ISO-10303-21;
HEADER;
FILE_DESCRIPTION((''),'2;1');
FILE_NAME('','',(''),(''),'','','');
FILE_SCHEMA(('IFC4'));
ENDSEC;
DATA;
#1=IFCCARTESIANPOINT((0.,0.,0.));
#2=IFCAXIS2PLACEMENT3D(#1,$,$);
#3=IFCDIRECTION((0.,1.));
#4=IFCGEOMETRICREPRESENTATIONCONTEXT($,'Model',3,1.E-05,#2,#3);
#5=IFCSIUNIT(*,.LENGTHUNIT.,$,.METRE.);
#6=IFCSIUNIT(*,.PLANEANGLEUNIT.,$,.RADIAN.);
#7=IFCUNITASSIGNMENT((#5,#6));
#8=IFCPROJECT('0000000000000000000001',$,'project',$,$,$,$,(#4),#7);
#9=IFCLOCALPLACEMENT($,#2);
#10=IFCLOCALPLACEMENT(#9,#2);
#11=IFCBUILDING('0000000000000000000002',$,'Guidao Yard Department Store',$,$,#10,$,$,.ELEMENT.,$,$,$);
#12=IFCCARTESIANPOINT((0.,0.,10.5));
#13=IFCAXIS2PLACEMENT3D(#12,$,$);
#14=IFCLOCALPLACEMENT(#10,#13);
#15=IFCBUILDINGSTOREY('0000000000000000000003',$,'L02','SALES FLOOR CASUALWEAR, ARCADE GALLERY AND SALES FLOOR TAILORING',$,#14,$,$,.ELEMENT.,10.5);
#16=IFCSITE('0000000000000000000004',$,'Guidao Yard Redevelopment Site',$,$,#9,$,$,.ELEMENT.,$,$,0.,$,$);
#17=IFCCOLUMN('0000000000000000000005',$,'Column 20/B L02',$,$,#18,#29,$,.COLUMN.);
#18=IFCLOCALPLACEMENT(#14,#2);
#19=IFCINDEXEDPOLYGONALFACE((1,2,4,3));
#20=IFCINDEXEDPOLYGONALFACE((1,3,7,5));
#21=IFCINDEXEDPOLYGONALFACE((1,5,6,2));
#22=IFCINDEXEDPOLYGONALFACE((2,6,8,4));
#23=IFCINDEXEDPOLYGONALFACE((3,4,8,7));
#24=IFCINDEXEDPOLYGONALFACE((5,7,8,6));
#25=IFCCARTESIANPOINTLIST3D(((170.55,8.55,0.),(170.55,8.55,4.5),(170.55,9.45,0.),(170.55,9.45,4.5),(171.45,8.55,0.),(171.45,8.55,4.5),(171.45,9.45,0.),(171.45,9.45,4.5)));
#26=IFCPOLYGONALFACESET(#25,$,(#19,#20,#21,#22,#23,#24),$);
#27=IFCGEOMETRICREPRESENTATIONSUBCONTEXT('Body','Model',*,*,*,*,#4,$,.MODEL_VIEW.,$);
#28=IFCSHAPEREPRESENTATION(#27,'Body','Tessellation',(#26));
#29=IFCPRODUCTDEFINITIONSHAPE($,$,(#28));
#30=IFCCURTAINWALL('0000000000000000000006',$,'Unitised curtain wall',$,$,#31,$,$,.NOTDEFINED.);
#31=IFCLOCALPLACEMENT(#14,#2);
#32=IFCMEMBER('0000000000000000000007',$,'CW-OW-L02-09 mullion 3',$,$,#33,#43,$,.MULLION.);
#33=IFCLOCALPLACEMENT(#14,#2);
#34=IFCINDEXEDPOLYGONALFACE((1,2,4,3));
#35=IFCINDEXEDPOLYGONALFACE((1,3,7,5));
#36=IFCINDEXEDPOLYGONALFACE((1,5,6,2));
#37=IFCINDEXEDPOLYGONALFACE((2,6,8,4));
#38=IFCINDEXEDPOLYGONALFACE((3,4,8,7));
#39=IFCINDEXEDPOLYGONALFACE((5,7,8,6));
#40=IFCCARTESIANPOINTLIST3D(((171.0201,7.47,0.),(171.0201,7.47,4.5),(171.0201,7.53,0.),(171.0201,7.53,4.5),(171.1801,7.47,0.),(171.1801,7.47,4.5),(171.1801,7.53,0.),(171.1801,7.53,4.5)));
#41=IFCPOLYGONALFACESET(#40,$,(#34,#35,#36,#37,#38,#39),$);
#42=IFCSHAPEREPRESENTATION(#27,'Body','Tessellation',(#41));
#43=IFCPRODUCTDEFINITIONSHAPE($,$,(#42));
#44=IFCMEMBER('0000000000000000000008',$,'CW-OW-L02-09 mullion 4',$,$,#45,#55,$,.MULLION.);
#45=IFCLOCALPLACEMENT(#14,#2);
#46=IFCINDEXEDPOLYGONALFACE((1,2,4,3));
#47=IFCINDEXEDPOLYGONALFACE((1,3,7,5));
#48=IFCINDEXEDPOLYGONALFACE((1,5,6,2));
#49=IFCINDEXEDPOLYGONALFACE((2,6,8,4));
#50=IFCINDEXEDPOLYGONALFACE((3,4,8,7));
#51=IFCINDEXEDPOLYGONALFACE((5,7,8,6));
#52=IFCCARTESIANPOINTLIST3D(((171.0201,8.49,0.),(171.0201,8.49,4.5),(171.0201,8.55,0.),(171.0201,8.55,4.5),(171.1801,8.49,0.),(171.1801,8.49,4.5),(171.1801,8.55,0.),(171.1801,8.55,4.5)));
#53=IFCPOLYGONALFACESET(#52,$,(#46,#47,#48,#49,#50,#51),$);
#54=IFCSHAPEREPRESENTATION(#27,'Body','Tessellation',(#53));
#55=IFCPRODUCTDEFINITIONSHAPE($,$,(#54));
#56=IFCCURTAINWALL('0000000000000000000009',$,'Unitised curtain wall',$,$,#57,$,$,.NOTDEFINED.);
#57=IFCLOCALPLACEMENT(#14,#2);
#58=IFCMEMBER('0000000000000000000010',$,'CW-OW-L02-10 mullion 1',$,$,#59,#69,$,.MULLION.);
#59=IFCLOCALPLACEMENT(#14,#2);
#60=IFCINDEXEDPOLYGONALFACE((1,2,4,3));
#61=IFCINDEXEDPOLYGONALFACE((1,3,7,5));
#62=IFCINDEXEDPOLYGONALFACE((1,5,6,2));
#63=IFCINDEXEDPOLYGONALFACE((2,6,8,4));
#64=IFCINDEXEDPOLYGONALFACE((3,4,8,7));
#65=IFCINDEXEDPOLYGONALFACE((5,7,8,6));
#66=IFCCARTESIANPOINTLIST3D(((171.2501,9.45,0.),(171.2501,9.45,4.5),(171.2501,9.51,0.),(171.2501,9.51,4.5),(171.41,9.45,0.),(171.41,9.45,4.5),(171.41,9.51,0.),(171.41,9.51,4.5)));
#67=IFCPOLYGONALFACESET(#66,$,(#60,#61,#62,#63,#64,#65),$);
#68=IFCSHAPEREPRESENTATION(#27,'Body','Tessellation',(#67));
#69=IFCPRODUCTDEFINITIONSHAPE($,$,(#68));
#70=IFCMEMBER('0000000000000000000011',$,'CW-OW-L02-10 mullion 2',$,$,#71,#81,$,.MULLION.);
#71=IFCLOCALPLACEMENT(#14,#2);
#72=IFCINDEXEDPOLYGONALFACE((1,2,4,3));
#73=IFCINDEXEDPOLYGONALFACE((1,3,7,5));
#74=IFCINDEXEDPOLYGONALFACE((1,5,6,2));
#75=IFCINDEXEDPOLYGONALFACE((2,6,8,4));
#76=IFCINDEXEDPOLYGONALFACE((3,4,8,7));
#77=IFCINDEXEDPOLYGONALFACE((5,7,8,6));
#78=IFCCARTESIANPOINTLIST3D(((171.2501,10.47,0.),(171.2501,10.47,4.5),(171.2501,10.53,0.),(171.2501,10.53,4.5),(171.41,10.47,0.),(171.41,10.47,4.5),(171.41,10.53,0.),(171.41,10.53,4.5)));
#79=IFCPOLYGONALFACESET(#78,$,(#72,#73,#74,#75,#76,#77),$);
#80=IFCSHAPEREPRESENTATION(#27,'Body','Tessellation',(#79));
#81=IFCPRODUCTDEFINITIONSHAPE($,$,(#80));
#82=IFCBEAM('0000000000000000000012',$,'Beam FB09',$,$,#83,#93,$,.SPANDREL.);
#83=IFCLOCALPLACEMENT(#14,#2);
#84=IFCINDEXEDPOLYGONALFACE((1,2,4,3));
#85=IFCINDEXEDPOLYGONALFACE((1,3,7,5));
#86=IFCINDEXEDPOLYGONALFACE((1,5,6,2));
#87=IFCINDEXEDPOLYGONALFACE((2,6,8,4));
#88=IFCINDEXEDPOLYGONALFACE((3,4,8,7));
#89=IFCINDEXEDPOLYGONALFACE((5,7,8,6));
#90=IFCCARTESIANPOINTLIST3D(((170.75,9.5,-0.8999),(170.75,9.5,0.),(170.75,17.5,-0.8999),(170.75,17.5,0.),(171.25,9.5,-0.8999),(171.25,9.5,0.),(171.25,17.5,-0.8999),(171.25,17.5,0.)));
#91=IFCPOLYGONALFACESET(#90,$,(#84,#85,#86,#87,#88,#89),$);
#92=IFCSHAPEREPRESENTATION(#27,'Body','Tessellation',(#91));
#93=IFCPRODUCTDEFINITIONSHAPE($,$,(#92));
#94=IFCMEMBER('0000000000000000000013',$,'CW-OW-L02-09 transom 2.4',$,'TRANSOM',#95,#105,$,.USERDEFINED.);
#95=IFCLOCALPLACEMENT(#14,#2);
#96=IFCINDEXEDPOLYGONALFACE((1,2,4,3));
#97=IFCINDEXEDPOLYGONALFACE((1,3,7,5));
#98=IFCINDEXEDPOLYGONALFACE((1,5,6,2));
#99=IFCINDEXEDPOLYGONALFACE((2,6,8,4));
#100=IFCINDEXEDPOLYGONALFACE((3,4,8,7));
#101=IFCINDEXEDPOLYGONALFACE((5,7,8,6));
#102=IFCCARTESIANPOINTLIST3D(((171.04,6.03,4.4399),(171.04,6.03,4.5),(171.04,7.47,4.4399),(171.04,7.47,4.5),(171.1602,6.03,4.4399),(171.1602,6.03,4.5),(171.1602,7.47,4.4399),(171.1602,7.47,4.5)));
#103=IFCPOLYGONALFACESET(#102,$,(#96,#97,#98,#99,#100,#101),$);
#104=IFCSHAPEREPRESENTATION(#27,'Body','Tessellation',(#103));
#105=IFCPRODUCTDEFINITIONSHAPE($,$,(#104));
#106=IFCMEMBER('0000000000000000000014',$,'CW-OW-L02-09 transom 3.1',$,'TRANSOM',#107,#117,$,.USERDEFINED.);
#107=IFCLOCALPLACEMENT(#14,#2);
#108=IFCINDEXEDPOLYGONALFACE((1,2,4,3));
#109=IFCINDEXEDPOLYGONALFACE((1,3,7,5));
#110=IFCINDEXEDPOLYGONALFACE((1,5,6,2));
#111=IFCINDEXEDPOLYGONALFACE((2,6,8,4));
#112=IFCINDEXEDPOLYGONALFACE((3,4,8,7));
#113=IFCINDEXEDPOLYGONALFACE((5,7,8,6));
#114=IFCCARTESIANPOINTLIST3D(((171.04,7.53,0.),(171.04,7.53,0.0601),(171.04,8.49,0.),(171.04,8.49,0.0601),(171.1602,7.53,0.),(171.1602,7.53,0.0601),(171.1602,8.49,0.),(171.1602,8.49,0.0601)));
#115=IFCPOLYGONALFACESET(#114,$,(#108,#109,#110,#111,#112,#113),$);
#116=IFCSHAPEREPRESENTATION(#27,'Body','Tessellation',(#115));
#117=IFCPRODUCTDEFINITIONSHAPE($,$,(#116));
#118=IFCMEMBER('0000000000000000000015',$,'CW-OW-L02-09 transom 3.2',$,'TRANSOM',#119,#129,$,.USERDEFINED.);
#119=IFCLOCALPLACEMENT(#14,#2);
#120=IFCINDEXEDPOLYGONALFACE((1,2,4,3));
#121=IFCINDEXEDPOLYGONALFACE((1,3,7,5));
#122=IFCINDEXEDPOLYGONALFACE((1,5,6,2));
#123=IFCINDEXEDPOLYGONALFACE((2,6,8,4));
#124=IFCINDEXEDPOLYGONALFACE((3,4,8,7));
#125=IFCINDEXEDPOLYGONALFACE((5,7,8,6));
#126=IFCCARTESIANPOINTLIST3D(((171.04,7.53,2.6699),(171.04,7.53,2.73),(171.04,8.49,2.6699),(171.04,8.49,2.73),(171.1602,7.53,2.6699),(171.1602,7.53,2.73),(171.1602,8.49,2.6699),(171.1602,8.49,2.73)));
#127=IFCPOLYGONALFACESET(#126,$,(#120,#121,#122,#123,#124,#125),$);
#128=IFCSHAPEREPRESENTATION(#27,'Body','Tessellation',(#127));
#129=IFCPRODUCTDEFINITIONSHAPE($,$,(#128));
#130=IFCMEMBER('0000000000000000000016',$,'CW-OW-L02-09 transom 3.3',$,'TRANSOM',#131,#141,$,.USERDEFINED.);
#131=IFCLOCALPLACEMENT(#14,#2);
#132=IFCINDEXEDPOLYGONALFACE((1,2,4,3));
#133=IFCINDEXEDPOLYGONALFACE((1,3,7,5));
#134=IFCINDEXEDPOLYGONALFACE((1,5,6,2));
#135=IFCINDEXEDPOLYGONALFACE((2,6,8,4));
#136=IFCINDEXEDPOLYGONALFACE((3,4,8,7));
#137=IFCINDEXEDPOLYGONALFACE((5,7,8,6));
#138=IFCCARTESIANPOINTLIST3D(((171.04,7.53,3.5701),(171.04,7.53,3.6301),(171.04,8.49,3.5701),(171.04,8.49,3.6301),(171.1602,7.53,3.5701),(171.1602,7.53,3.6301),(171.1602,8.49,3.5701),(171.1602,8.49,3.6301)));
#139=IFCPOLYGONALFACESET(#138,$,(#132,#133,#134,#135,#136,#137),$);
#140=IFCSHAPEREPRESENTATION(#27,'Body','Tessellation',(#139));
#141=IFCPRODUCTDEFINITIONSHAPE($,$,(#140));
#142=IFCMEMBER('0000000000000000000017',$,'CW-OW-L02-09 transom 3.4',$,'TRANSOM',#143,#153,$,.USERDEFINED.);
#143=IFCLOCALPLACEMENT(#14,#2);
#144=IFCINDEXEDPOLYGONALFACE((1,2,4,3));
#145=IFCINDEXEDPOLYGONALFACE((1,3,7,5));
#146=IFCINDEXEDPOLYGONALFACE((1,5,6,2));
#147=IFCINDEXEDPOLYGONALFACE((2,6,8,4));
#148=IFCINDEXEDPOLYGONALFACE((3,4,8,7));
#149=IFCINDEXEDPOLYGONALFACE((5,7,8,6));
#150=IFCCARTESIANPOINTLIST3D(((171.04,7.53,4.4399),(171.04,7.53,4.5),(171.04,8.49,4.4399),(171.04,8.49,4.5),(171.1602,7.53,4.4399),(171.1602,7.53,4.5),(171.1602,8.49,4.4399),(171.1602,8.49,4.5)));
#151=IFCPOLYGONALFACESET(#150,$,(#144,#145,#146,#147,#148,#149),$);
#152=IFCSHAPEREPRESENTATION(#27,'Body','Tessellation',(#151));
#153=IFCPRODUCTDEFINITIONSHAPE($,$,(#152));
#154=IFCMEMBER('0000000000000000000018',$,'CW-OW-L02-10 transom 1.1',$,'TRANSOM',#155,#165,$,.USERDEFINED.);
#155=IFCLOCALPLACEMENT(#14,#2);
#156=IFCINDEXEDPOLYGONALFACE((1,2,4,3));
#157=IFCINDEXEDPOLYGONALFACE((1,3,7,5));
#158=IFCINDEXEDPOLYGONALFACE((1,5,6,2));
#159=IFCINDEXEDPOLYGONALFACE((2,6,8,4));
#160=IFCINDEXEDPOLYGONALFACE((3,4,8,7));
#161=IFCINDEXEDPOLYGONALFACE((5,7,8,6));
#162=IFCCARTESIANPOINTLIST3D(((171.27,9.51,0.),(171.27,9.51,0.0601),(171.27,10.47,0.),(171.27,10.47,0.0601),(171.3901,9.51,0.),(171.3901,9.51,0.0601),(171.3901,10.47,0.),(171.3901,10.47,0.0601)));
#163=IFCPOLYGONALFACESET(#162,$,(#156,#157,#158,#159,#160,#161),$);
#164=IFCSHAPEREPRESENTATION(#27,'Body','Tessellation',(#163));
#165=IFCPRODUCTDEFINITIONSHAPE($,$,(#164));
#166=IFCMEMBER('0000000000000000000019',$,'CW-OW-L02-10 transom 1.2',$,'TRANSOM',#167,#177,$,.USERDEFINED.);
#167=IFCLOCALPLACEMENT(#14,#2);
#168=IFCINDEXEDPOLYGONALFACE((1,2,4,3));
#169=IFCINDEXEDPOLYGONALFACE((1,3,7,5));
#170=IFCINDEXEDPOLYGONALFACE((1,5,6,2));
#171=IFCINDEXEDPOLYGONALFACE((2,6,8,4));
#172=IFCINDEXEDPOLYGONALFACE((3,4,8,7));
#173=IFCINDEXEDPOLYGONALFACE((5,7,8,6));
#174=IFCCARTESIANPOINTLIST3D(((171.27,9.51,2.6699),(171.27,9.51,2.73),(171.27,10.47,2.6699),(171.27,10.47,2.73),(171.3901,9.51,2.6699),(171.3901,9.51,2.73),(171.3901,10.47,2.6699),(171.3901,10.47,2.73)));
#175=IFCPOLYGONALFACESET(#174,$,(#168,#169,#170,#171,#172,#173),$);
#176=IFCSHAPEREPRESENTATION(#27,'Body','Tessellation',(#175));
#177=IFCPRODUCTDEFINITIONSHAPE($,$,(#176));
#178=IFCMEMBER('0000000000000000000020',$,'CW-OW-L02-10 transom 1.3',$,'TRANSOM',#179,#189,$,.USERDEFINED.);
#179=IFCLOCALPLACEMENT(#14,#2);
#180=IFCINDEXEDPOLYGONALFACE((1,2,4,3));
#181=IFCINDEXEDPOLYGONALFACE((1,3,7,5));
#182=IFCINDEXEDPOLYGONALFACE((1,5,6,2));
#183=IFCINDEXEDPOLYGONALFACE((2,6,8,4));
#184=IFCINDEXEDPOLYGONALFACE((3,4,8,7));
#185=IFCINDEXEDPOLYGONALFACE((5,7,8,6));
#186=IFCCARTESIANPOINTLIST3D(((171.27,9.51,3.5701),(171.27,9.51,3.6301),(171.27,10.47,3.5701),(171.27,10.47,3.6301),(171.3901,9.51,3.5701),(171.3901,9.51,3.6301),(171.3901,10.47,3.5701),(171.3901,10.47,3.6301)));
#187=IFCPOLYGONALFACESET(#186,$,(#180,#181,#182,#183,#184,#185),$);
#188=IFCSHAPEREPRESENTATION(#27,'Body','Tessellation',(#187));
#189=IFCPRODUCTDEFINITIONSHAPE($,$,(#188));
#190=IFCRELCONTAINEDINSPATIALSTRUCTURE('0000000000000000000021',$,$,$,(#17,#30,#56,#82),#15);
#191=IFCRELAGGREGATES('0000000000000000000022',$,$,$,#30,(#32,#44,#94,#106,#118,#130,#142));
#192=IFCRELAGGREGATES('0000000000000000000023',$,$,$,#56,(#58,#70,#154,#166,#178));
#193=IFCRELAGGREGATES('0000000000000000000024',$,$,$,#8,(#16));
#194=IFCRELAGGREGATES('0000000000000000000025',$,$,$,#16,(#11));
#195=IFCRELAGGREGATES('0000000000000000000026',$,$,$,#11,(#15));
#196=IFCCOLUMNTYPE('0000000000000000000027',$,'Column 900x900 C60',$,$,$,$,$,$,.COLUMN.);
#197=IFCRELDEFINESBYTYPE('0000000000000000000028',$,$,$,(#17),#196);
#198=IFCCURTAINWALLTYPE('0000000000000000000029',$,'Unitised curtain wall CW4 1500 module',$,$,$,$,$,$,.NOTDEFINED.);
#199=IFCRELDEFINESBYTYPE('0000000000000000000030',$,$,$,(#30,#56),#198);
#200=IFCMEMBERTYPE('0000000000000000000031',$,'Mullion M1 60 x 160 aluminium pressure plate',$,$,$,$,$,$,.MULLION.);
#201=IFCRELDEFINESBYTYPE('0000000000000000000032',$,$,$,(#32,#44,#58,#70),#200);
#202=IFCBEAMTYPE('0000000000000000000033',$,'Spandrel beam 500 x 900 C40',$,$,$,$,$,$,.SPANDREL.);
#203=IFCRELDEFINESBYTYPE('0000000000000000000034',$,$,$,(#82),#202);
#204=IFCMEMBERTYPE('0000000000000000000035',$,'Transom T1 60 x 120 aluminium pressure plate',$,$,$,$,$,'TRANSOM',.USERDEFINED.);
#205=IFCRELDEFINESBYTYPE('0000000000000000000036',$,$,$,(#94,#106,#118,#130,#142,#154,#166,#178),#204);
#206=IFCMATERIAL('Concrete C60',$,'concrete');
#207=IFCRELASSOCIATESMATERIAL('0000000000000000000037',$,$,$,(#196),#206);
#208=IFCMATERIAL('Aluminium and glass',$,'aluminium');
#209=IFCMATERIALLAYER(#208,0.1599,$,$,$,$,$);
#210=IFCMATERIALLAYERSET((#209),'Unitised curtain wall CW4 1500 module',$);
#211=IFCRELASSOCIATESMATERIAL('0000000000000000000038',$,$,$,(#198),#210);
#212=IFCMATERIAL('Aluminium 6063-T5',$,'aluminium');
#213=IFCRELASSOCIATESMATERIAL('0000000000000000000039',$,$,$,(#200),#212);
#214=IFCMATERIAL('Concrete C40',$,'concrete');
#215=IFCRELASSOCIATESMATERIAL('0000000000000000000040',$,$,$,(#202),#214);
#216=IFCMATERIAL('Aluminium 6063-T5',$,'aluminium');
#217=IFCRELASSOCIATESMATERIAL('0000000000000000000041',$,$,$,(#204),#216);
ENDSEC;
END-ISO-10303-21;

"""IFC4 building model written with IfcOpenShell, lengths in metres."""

from ifc_helpers import new_model, si_unit, direction, frame, origin, origin_2d, place, context, subcontext, project, spatial, rectangle, extrude, material, layer, layer_set, material_profile, profile_set, type_object, element, aggregate, save


model = new_model("IFC4")

# Units and contexts
model_context = context("Model", 3, precision=1e-05, world=origin(), true_north=direction((0.0, 1.0)))
body_context = subcontext(model_context, "Body", "Model", "MODEL_VIEW")
ifc_project = project(units=[si_unit("LENGTHUNIT", "METRE"), si_unit("PLANEANGLEUNIT", "RADIAN")], contexts=[model_context])

# Site, building, storey
site_placement = place(None, origin())
site = spatial("IfcSite", under=ifc_project, at=site_placement, Name="Guidao Yard Redevelopment Site", CompositionType="ELEMENT", RefElevation=0.0)
building_placement = place(site_placement, origin())
building = spatial("IfcBuilding", under=site, at=building_placement, Name="Guidao Yard Department Store", CompositionType="ELEMENT")
storey_placement = place(building_placement, frame((0.0, 0.0, 10.5)))
storey = spatial("IfcBuildingStorey", under=building, at=storey_placement, Name="L02", Description="SALES FLOOR CASUALWEAR, ARCADE GALLERY AND SALES FLOOR TAILORING", CompositionType="ELEMENT", Elevation=10.5)

# Column
ifc_material_1 = material(Name="Concrete C60", Category="concrete")
ifc_material_profile_1 = material_profile(ifc_material_1, rectangle(XDim=0.8999, YDim=0.8999, at=origin_2d()), Name="COL 900x900")
ifc_profile_set_1 = profile_set([ifc_material_profile_1], Name="Concrete C60")
column_type = type_object("IfcColumnType", Name="Column 900x900 C60", PredefinedType="COLUMN", material=ifc_profile_set_1)
column_placement = place(storey_placement, frame((171.0, 9.0, 0.0), z_axis=(0.0, 0.0, 1.0), x_axis=(1.0, 0.0, 0.0)))
element("IfcColumn", 1, at=column_placement, inside=storey, type_object=column_type, Name="Column 20/B L02", PredefinedType="COLUMN", context=body_context, shape_type="SweptSolid", body=[
    extrude(rectangle(XDim=0.8999, YDim=0.8999, at=origin_2d()), origin(), (0.0, 0.0, 1.0), 4.5),
])

# Curtain walls, members
ifc_material_2 = material(Name="Aluminium and glass", Category="aluminium")
ifc_layer_1 = layer(ifc_material_2, 0.1599)
ifc_layer_set_1 = layer_set([ifc_layer_1], Name="Unitised curtain wall CW4 1500 module")
curtain_wall_type = type_object("IfcCurtainWallType", Name="Unitised curtain wall CW4 1500 module", PredefinedType="NOTDEFINED", material=ifc_layer_set_1)
curtain_wall_1_placement = place(storey_placement, origin())
curtain_wall_1 = element("IfcCurtainWall", 2, at=curtain_wall_1_placement, inside=storey, type_object=curtain_wall_type, Name="Unitised curtain wall", PredefinedType="NOTDEFINED")
ifc_material_3 = material(Name="Aluminium 6063-T5", Category="aluminium")
ifc_material_profile_2 = material_profile(ifc_material_3, rectangle(XDim=0.0601, YDim=0.1599, at=origin_2d()), Name="Mullion M1 60 x 160 aluminium pressure plate")
ifc_profile_set_2 = profile_set([ifc_material_profile_2], Name="Aluminium 6063-T5")
member_type_1 = type_object("IfcMemberType", Name="Mullion M1 60 x 160 aluminium pressure plate", PredefinedType="MULLION", material=ifc_profile_set_2)
member_1_placement = place(storey_placement, frame((171.1001, 7.5, 0.0), z_axis=(0.0, 0.0, 1.0), x_axis=(0.0, -1.0, 0.0)))
member_1 = element("IfcMember", 3, at=member_1_placement, type_object=member_type_1, Name="CW-OW-L02-09 mullion 3", PredefinedType="MULLION", context=body_context, shape_type="SweptSolid", body=[
    extrude(rectangle(XDim=0.0601, YDim=0.1599, at=origin_2d()), origin(), (0.0, 0.0, 1.0), 4.5),
])
member_2_placement = place(storey_placement, frame((171.1001, 8.52, 0.0), z_axis=(0.0, 0.0, 1.0), x_axis=(0.0, -1.0, 0.0)))
member_2 = element("IfcMember", 4, at=member_2_placement, type_object=member_type_1, Name="CW-OW-L02-09 mullion 4", PredefinedType="MULLION", context=body_context, shape_type="SweptSolid", body=[
    extrude(rectangle(XDim=0.0601, YDim=0.1599, at=origin_2d()), origin(), (0.0, 0.0, 1.0), 4.5),
])
curtain_wall_2_placement = place(storey_placement, origin())
curtain_wall_2 = element("IfcCurtainWall", 5, at=curtain_wall_2_placement, inside=storey, type_object=curtain_wall_type, Name="Unitised curtain wall", PredefinedType="NOTDEFINED")
member_3_placement = place(storey_placement, frame((171.3301, 9.48, 0.0), z_axis=(0.0, 0.0, 1.0), x_axis=(0.0, -1.0, 0.0)))
member_3 = element("IfcMember", 6, at=member_3_placement, type_object=member_type_1, Name="CW-OW-L02-10 mullion 1", PredefinedType="MULLION", context=body_context, shape_type="SweptSolid", body=[
    extrude(rectangle(XDim=0.0601, YDim=0.1599, at=origin_2d()), origin(), (0.0, 0.0, 1.0), 4.5),
])
member_4_placement = place(storey_placement, frame((171.3301, 10.5, 0.0), z_axis=(0.0, 0.0, 1.0), x_axis=(0.0, -1.0, 0.0)))
member_4 = element("IfcMember", 7, at=member_4_placement, type_object=member_type_1, Name="CW-OW-L02-10 mullion 2", PredefinedType="MULLION", context=body_context, shape_type="SweptSolid", body=[
    extrude(rectangle(XDim=0.0601, YDim=0.1599, at=origin_2d()), origin(), (0.0, 0.0, 1.0), 4.5),
])

# Beam
ifc_material_4 = material(Name="Concrete C40", Category="concrete")
ifc_material_profile_3 = material_profile(ifc_material_4, rectangle(XDim=0.5, YDim=0.8999, at=origin_2d()), Name="Spandrel beam 500 x 900 C40")
ifc_profile_set_3 = profile_set([ifc_material_profile_3], Name="Concrete C40")
beam_type = type_object("IfcBeamType", Name="Spandrel beam 500 x 900 C40", PredefinedType="SPANDREL", material=ifc_profile_set_3)
beam_placement = place(storey_placement, frame((171.0, 9.5, -0.45), z_axis=(0.0, 1.0, 0.0), x_axis=(-1.0, 0.0, 0.0)))
element("IfcBeam", 8, at=beam_placement, inside=storey, type_object=beam_type, Name="Beam FB09", PredefinedType="SPANDREL", context=body_context, shape_type="SweptSolid", body=[
    extrude(rectangle(XDim=0.5, YDim=0.8999, at=origin_2d()), origin(), (0.0, 0.0, 1.0), 8.0),
])

# Members
ifc_material_5 = material(Name="Aluminium 6063-T5", Category="aluminium")
ifc_material_profile_4 = material_profile(ifc_material_5, rectangle(XDim=0.1201, YDim=0.0601, at=origin_2d()), Name="Transom T1 60 x 120 aluminium pressure plate")
ifc_profile_set_4 = profile_set([ifc_material_profile_4], Name="Aluminium 6063-T5")
member_type_2 = type_object("IfcMemberType", Name="Transom T1 60 x 120 aluminium pressure plate", ElementType="TRANSOM", PredefinedType="USERDEFINED", material=ifc_profile_set_4)
member_5_placement = place(storey_placement, frame((171.1001, 7.47, 4.47), z_axis=(0.0, -1.0, 0.0), x_axis=(1.0, 0.0, 0.0)))
member_5 = element("IfcMember", 9, at=member_5_placement, type_object=member_type_2, Name="CW-OW-L02-09 transom 2.4", ObjectType="TRANSOM", PredefinedType="USERDEFINED", context=body_context, shape_type="SweptSolid", body=[
    extrude(rectangle(XDim=0.1201, YDim=0.0601, at=origin_2d()), origin(), (0.0, 0.0, 1.0), 1.4399),
])
member_6_placement = place(storey_placement, frame((171.1001, 8.49, 0.03), z_axis=(0.0, -1.0, 0.0), x_axis=(1.0, 0.0, 0.0)))
member_6 = element("IfcMember", 10, at=member_6_placement, type_object=member_type_2, Name="CW-OW-L02-09 transom 3.1", ObjectType="TRANSOM", PredefinedType="USERDEFINED", context=body_context, shape_type="SweptSolid", body=[
    extrude(rectangle(XDim=0.1201, YDim=0.0601, at=origin_2d()), origin(), (0.0, 0.0, 1.0), 0.96),
])
member_7_placement = place(storey_placement, frame((171.1001, 8.49, 2.7), z_axis=(0.0, -1.0, 0.0), x_axis=(1.0, 0.0, 0.0)))
member_7 = element("IfcMember", 11, at=member_7_placement, type_object=member_type_2, Name="CW-OW-L02-09 transom 3.2", ObjectType="TRANSOM", PredefinedType="USERDEFINED", context=body_context, shape_type="SweptSolid", body=[
    extrude(rectangle(XDim=0.1201, YDim=0.0601, at=origin_2d()), origin(), (0.0, 0.0, 1.0), 0.96),
])
member_8_placement = place(storey_placement, frame((171.1001, 8.49, 3.6001), z_axis=(0.0, -1.0, 0.0), x_axis=(1.0, 0.0, 0.0)))
member_8 = element("IfcMember", 12, at=member_8_placement, type_object=member_type_2, Name="CW-OW-L02-09 transom 3.3", ObjectType="TRANSOM", PredefinedType="USERDEFINED", context=body_context, shape_type="SweptSolid", body=[
    extrude(rectangle(XDim=0.1201, YDim=0.0601, at=origin_2d()), origin(), (0.0, 0.0, 1.0), 0.96),
])
member_9_placement = place(storey_placement, frame((171.1001, 8.49, 4.47), z_axis=(0.0, -1.0, 0.0), x_axis=(1.0, 0.0, 0.0)))
member_9 = element("IfcMember", 13, at=member_9_placement, type_object=member_type_2, Name="CW-OW-L02-09 transom 3.4", ObjectType="TRANSOM", PredefinedType="USERDEFINED", context=body_context, shape_type="SweptSolid", body=[
    extrude(rectangle(XDim=0.1201, YDim=0.0601, at=origin_2d()), origin(), (0.0, 0.0, 1.0), 0.96),
])
member_10_placement = place(storey_placement, frame((171.3301, 10.47, 0.03), z_axis=(0.0, -1.0, 0.0), x_axis=(1.0, 0.0, 0.0)))
member_10 = element("IfcMember", 14, at=member_10_placement, type_object=member_type_2, Name="CW-OW-L02-10 transom 1.1", ObjectType="TRANSOM", PredefinedType="USERDEFINED", context=body_context, shape_type="SweptSolid", body=[
    extrude(rectangle(XDim=0.1201, YDim=0.0601, at=origin_2d()), origin(), (0.0, 0.0, 1.0), 0.96),
])
member_11_placement = place(storey_placement, frame((171.3301, 10.47, 2.7), z_axis=(0.0, -1.0, 0.0), x_axis=(1.0, 0.0, 0.0)))
member_11 = element("IfcMember", 15, at=member_11_placement, type_object=member_type_2, Name="CW-OW-L02-10 transom 1.2", ObjectType="TRANSOM", PredefinedType="USERDEFINED", context=body_context, shape_type="SweptSolid", body=[
    extrude(rectangle(XDim=0.1201, YDim=0.0601, at=origin_2d()), origin(), (0.0, 0.0, 1.0), 0.96),
])
member_12_placement = place(storey_placement, frame((171.3301, 10.47, 3.6001), z_axis=(0.0, -1.0, 0.0), x_axis=(1.0, 0.0, 0.0)))
member_12 = element("IfcMember", 16, at=member_12_placement, type_object=member_type_2, Name="CW-OW-L02-10 transom 1.3", ObjectType="TRANSOM", PredefinedType="USERDEFINED", context=body_context, shape_type="SweptSolid", body=[
    extrude(rectangle(XDim=0.1201, YDim=0.0601, at=origin_2d()), origin(), (0.0, 0.0, 1.0), 0.96),
])

aggregate(curtain_wall_1, [member_1, member_2, member_5, member_6, member_7, member_8, member_9])
aggregate(curtain_wall_2, [member_3, member_4, member_10, member_11, member_12])

save(model, "model.ifc")
